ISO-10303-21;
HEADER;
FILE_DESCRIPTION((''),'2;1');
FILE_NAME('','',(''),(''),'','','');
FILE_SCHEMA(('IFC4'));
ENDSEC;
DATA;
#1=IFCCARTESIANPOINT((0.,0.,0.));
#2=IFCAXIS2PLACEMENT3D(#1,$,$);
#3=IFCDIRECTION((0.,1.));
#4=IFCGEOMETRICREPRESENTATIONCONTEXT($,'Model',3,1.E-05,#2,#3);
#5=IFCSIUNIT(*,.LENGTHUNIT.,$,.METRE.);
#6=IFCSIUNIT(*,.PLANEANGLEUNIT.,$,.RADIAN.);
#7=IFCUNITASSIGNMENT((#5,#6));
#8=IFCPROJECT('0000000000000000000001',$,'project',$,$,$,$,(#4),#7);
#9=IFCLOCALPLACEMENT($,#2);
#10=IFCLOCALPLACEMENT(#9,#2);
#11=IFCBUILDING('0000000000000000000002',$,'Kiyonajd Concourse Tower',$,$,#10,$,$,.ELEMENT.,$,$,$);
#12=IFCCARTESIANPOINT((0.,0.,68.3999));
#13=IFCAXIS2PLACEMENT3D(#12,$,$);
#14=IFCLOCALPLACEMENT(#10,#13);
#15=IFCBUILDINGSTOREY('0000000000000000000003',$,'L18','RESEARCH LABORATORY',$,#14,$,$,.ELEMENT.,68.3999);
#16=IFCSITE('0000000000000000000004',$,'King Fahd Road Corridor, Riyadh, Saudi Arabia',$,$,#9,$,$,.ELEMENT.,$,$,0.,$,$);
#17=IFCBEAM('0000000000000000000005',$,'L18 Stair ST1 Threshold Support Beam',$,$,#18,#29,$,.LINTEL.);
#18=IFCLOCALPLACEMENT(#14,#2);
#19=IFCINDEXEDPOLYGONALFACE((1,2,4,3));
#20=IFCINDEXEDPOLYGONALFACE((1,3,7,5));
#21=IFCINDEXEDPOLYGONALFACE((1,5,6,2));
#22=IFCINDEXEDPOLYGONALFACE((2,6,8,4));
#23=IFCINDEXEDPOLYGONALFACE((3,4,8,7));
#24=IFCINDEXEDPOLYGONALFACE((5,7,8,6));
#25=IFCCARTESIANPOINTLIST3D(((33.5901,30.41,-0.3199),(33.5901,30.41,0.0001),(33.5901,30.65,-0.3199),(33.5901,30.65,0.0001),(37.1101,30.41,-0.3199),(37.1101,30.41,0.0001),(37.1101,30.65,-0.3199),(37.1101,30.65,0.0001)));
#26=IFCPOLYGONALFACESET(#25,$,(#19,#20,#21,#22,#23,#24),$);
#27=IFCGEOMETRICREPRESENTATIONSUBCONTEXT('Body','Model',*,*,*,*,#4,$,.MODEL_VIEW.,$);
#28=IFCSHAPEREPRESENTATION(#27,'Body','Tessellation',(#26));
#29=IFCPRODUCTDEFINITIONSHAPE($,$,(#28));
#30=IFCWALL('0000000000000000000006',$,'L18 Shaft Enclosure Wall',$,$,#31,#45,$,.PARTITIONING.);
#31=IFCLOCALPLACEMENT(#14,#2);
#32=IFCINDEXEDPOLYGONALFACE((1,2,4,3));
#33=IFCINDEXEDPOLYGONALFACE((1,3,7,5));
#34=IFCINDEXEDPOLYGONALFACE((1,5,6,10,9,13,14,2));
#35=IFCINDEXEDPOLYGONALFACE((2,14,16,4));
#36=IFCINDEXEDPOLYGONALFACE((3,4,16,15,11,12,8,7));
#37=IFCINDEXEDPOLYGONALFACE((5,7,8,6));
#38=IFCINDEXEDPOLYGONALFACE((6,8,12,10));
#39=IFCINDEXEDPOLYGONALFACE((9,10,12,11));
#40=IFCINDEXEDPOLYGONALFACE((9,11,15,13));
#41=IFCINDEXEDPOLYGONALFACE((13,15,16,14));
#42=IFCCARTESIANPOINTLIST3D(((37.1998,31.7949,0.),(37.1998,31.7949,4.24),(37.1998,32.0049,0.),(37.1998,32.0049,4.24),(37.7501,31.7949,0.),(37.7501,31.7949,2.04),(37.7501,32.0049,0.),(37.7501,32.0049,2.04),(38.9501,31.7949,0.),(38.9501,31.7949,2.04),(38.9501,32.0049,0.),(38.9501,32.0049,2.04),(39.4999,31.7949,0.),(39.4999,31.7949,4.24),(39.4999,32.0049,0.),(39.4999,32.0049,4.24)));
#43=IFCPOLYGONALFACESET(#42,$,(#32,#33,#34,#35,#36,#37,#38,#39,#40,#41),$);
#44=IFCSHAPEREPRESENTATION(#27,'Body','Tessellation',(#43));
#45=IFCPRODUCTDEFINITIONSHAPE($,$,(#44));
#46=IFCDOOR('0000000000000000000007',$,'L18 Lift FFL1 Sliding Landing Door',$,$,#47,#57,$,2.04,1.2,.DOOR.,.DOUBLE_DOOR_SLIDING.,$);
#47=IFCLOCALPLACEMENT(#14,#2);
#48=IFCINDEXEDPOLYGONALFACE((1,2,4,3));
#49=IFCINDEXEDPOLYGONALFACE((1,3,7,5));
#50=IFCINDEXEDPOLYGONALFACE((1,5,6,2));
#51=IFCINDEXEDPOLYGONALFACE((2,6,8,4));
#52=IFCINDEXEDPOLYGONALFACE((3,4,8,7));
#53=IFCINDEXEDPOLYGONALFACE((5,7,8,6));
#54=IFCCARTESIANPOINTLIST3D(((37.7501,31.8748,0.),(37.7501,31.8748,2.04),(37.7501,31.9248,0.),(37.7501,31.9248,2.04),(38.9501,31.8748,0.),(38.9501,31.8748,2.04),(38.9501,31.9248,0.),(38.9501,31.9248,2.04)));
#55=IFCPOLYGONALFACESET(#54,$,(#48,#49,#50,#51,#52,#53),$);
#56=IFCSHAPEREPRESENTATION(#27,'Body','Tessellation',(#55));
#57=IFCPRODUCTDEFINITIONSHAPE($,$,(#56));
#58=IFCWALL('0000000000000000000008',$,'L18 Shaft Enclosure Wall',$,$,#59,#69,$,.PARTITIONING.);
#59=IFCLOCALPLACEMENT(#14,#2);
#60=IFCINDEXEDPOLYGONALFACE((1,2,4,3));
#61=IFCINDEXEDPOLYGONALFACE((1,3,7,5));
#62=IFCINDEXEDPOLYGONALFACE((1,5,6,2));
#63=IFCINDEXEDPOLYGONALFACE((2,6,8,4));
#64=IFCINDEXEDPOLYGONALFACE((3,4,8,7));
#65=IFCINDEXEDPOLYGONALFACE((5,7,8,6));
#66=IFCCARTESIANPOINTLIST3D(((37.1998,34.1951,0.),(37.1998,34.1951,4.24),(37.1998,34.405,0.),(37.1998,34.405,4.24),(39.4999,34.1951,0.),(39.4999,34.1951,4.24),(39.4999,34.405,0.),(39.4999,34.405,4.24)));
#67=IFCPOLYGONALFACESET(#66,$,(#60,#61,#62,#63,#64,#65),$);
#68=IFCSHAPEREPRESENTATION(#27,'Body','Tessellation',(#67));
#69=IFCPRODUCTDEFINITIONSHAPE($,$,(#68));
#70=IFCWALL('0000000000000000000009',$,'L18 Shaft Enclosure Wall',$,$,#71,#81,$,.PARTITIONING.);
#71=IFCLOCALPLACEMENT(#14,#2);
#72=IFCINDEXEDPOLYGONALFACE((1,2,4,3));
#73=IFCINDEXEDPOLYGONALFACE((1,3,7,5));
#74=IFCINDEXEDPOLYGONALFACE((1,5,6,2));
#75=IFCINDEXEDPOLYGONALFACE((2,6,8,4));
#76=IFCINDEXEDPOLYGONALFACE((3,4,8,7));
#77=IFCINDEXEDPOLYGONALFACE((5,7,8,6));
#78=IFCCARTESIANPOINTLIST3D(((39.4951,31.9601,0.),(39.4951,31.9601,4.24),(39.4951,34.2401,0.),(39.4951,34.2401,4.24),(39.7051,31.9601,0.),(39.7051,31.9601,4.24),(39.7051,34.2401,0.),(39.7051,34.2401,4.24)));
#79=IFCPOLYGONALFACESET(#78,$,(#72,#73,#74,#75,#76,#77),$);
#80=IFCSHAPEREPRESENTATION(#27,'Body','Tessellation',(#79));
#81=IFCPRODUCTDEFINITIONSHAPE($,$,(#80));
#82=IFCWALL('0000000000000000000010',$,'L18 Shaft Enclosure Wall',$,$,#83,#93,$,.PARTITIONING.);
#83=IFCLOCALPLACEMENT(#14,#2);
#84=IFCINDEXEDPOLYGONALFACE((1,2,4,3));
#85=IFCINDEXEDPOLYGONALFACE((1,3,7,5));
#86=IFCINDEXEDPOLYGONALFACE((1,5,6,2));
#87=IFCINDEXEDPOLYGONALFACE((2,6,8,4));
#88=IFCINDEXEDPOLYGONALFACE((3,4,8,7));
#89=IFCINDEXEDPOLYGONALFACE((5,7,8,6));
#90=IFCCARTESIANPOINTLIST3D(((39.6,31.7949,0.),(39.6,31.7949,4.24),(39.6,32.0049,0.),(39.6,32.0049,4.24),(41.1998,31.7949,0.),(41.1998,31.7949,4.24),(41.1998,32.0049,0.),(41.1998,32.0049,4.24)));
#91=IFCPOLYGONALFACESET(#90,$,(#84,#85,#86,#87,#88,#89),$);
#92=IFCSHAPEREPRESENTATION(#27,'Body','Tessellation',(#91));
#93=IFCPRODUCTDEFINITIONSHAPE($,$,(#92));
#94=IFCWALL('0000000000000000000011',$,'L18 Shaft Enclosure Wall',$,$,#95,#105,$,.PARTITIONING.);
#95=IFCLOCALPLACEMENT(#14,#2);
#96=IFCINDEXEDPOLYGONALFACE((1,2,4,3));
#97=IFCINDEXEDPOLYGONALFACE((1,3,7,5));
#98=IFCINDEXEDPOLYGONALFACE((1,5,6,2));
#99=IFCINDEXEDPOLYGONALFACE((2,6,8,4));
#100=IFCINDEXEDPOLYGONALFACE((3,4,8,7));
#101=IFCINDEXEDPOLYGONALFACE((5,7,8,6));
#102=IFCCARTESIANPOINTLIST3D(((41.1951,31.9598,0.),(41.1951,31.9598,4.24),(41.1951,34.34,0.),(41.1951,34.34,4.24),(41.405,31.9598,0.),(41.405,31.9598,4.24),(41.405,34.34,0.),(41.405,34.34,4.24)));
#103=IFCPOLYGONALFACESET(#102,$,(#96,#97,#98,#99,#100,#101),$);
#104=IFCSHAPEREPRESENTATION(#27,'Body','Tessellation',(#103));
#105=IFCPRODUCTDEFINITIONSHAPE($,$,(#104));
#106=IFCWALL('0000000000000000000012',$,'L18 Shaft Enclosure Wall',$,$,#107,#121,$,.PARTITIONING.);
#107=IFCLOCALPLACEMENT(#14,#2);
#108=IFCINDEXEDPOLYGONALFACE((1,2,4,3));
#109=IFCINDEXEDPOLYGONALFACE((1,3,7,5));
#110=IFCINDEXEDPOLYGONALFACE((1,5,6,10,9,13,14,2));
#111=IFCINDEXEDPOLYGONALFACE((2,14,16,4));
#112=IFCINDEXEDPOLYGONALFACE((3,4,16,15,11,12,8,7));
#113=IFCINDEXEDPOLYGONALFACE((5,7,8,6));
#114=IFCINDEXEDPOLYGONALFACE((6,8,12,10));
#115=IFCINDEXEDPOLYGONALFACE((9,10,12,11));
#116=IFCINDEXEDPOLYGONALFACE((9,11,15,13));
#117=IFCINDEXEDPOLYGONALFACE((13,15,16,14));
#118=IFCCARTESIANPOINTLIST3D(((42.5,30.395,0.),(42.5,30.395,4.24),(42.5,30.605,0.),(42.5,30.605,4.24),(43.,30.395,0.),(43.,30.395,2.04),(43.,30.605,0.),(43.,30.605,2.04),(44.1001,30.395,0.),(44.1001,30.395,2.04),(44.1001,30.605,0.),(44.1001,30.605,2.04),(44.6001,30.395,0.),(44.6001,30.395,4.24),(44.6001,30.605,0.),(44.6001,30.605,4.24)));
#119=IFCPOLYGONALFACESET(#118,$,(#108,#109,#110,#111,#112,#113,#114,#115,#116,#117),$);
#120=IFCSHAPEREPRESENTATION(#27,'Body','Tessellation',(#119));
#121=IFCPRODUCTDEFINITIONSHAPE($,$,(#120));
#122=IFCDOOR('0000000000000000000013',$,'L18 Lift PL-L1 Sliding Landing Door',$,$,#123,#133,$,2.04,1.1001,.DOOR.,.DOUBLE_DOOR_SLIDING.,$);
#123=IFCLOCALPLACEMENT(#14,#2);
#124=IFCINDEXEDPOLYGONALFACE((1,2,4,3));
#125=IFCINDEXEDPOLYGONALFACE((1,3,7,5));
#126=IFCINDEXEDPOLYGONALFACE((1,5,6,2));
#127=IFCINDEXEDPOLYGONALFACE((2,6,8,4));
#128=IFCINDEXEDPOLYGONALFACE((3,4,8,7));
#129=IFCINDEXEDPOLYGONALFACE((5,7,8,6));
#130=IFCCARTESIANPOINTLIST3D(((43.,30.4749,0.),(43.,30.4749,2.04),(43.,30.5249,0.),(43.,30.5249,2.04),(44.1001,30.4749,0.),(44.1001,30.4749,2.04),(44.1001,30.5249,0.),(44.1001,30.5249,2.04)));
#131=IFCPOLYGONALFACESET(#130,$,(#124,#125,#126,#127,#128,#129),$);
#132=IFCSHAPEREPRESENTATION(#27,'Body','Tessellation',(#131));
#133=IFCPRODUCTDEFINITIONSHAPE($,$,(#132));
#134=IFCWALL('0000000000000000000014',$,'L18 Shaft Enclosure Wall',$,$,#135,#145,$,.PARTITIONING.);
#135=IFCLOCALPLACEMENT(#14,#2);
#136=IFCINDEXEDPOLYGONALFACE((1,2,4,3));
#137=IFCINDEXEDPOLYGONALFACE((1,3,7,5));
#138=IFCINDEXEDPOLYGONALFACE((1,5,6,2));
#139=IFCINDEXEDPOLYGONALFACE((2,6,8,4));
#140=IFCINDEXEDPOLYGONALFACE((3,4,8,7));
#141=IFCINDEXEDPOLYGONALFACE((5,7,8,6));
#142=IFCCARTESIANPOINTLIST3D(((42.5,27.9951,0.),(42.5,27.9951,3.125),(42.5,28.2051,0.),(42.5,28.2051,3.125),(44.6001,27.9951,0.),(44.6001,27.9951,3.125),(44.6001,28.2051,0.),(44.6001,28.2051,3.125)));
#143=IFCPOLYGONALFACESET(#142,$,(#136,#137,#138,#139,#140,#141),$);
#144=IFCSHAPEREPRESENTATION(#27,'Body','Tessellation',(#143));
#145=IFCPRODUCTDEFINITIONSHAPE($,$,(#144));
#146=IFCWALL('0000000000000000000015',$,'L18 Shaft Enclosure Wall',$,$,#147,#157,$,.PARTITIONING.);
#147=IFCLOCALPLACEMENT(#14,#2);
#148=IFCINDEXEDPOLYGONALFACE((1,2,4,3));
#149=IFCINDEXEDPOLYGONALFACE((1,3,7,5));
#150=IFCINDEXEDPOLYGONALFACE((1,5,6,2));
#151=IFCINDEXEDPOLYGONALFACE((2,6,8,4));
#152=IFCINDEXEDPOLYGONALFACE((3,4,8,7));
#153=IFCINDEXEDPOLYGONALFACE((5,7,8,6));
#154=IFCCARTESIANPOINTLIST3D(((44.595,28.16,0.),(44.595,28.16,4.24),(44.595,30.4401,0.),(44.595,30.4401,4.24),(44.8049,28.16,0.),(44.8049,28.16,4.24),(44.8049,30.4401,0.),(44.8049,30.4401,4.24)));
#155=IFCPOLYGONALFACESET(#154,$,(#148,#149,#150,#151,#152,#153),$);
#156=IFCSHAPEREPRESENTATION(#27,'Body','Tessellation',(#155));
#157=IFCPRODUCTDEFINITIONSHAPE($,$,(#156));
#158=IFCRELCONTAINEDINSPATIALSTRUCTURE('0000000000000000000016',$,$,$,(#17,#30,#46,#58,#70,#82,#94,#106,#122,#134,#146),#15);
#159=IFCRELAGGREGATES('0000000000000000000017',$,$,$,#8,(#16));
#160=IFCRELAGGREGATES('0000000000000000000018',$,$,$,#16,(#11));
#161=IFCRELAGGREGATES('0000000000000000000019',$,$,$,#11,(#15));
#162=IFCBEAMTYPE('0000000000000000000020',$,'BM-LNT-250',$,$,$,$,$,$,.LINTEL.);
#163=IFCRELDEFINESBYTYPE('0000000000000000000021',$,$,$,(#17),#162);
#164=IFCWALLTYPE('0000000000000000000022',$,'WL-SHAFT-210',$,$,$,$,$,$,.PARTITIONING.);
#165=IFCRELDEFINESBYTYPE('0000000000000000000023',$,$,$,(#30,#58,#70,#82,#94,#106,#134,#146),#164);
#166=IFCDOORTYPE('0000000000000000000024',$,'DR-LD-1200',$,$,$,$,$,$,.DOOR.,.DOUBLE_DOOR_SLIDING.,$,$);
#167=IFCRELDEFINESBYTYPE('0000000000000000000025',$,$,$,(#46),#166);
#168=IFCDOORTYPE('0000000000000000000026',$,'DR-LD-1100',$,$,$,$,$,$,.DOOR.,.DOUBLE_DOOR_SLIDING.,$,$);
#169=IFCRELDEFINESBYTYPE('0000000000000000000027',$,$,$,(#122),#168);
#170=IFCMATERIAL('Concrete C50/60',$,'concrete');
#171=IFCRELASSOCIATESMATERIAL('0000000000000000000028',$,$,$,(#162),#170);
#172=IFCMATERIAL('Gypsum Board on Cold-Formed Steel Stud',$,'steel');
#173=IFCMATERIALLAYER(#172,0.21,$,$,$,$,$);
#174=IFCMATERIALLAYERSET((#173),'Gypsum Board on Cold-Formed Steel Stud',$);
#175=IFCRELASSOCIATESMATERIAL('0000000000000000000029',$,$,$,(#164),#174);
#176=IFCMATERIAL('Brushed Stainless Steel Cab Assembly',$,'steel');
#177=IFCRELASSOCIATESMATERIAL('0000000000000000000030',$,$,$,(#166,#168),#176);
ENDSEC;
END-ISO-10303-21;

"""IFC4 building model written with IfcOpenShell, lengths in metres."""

from ifc_helpers import new_model, si_unit, direction, frame, frame_2d, origin, origin_2d, place, context, subcontext, project, spatial, rectangle, extrude, material, layer, layer_set, material_profile, profile_set, type_object, element, fill, save


model = new_model("IFC4")

# Units and contexts
model_context = context("Model", 3, precision=1e-05, world=origin(), true_north=direction((0.0, 1.0)))
body_context = subcontext(model_context, "Body", "Model", "MODEL_VIEW")
ifc_project = project(units=[si_unit("LENGTHUNIT", "METRE"), si_unit("PLANEANGLEUNIT", "RADIAN")], contexts=[model_context])

# Site, building, storey
site_placement = place(None, origin())
site = spatial("IfcSite", under=ifc_project, at=site_placement, Name="King Fahd Road Corridor, Riyadh, Saudi Arabia", CompositionType="ELEMENT", RefElevation=0.0)
building_placement = place(site_placement, origin())
building = spatial("IfcBuilding", under=site, at=building_placement, Name="Kiyonajd Concourse Tower", CompositionType="ELEMENT")
storey_placement = place(building_placement, frame((0.0, 0.0, 68.3999)))
storey = spatial("IfcBuildingStorey", under=building, at=storey_placement, Name="L18", Description="RESEARCH LABORATORY", CompositionType="ELEMENT", Elevation=68.3999)

# Beam
ifc_material_1 = material(Name="Concrete C50/60", Category="concrete")
ifc_material_profile = material_profile(ifc_material_1, rectangle(XDim=0.24, YDim=0.3201, at=origin_2d()), Name="RCBM-240x320")
ifc_profile_set = profile_set([ifc_material_profile], Name="Concrete C50/60")
beam_type = type_object("IfcBeamType", Name="BM-LNT-250", PredefinedType="LINTEL", material=ifc_profile_set)
beam_placement = place(storey_placement, frame((33.5901, 30.53, -0.1599), z_axis=(1.0, 0.0, 0.0), x_axis=(0.0, 1.0, 0.0)))
element("IfcBeam", 1, at=beam_placement, inside=storey, type_object=beam_type, Name="L18 Stair ST1 Threshold Support Beam", PredefinedType="LINTEL", context=body_context, shape_type="SweptSolid", body=[
    extrude(rectangle(XDim=0.24, YDim=0.3201, at=origin_2d()), origin(), (0.0, 0.0, 1.0), 3.52),
])

# Wall, opening, door
ifc_material_2 = material(Name="Gypsum Board on Cold-Formed Steel Stud", Category="steel")
ifc_layer_1 = layer(ifc_material_2, 0.21)
ifc_layer_set_1 = layer_set([ifc_layer_1], Name="Gypsum Board on Cold-Formed Steel Stud")
wall_type_1 = type_object("IfcWallType", Name="WL-SHAFT-210", PredefinedType="PARTITIONING", material=ifc_layer_set_1)
wall_1_placement = place(storey_placement, frame((37.2, 31.8999, 0.0), z_axis=(0.0, 0.0, 1.0), x_axis=(1.0, 0.0, 0.0)))
wall_1 = element("IfcWall", 2, at=wall_1_placement, inside=storey, type_object=wall_type_1, Name="L18 Shaft Enclosure Wall", PredefinedType="PARTITIONING", context=body_context, shape_type="SweptSolid", body=[
    extrude(rectangle(XDim=2.3, YDim=0.21, at=frame_2d((1.1499, 0.0))), origin(), (0.0, 0.0, 1.0), 4.24),
])
opening_1_placement = place(wall_1_placement, frame((0.55, 0.0, 0.0)))
opening_1 = element("IfcOpeningElement", 3, at=opening_1_placement, cuts=wall_1, PredefinedType="OPENING", context=body_context, shape_type="SweptSolid", body=[
    extrude(rectangle(XDim=1.2, YDim=2.04, at=frame_2d((0.6001, 1.02))), frame((0.0, 0.115, 0.0), z_axis=(0.0, -1.0, 0.0), x_axis=(1.0, 0.0, 0.0)), (0.0, 0.0, 1.0), 0.23),
])
ifc_material_3 = material(Name="Brushed Stainless Steel Cab Assembly", Category="steel")
door_type_1 = type_object("IfcDoorType", Name="DR-LD-1200", OperationType="DOUBLE_DOOR_SLIDING", PredefinedType="DOOR", material=ifc_material_3)
door_1_placement = place(opening_1_placement, origin())
door_1 = element("IfcDoor", 4, at=door_1_placement, inside=storey, type_object=door_type_1, Name="L18 Lift FFL1 Sliding Landing Door", OperationType="DOUBLE_DOOR_SLIDING", OverallHeight=2.04, OverallWidth=1.2, PredefinedType="DOOR", context=body_context, shape_type="SweptSolid", body=[
    extrude(rectangle(XDim=1.2, YDim=2.04, at=frame_2d((0.6001, 1.02))), frame((0.0, 0.0249, 0.0), z_axis=(0.0, -1.0, 0.0), x_axis=(1.0, 0.0, 0.0)), (0.0, 0.0, 1.0), 0.05),
])
fill(opening_1, door_1)

# Walls
wall_2_placement = place(storey_placement, frame((37.2, 34.3, 0.0), z_axis=(0.0, 0.0, 1.0), x_axis=(1.0, 0.0, 0.0)))
element("IfcWall", 5, at=wall_2_placement, inside=storey, type_object=wall_type_1, Name="L18 Shaft Enclosure Wall", PredefinedType="PARTITIONING", context=body_context, shape_type="SweptSolid", body=[
    extrude(rectangle(XDim=2.3, YDim=0.21, at=frame_2d((1.1499, 0.0))), origin(), (0.0, 0.0, 1.0), 4.24),
])
wall_3_placement = place(storey_placement, frame((39.6001, 31.96, 0.0), z_axis=(0.0, 0.0, 1.0), x_axis=(0.0, 1.0, 0.0)))
element("IfcWall", 6, at=wall_3_placement, inside=storey, type_object=wall_type_1, Name="L18 Shaft Enclosure Wall", PredefinedType="PARTITIONING", context=body_context, shape_type="SweptSolid", body=[
    extrude(rectangle(XDim=2.28, YDim=0.21, at=frame_2d((1.1401, 0.0))), origin(), (0.0, 0.0, 1.0), 4.24),
])
wall_4_placement = place(storey_placement, frame((39.6001, 31.8999, 0.0), z_axis=(0.0, 0.0, 1.0), x_axis=(1.0, 0.0, 0.0)))
element("IfcWall", 7, at=wall_4_placement, inside=storey, type_object=wall_type_1, Name="L18 Shaft Enclosure Wall", PredefinedType="PARTITIONING", context=body_context, shape_type="SweptSolid", body=[
    extrude(rectangle(XDim=1.5999, YDim=0.21, at=frame_2d((0.7998, 0.0))), origin(), (0.0, 0.0, 1.0), 4.24),
])
wall_5_placement = place(storey_placement, frame((41.3, 31.96, 0.0), z_axis=(0.0, 0.0, 1.0), x_axis=(0.0, 1.0, 0.0)))
element("IfcWall", 8, at=wall_5_placement, inside=storey, type_object=wall_type_1, Name="L18 Shaft Enclosure Wall", PredefinedType="PARTITIONING", context=body_context, shape_type="SweptSolid", body=[
    extrude(rectangle(XDim=2.3801, YDim=0.21, at=frame_2d((1.1899, 0.0))), origin(), (0.0, 0.0, 1.0), 4.24),
])

# Wall, opening, door
wall_6_placement = place(storey_placement, frame((42.5, 30.5, 0.0), z_axis=(0.0, 0.0, 1.0), x_axis=(1.0, 0.0, 0.0)))
wall_6 = element("IfcWall", 9, at=wall_6_placement, inside=storey, type_object=wall_type_1, Name="L18 Shaft Enclosure Wall", PredefinedType="PARTITIONING", context=body_context, shape_type="SweptSolid", body=[
    extrude(rectangle(XDim=2.1001, YDim=0.21, at=frame_2d((1.05, 0.0))), origin(), (0.0, 0.0, 1.0), 4.24),
])
opening_2_placement = place(wall_6_placement, frame((0.5, 0.0, 0.0)))
opening_2 = element("IfcOpeningElement", 10, at=opening_2_placement, cuts=wall_6, PredefinedType="OPENING", context=body_context, shape_type="SweptSolid", body=[
    extrude(rectangle(XDim=1.1001, YDim=2.04, at=frame_2d((0.55, 1.02))), frame((0.0, 0.115, 0.0), z_axis=(0.0, -1.0, 0.0), x_axis=(1.0, 0.0, 0.0)), (0.0, 0.0, 1.0), 0.23),
])
door_type_2 = type_object("IfcDoorType", Name="DR-LD-1100", OperationType="DOUBLE_DOOR_SLIDING", PredefinedType="DOOR", material=ifc_material_3)
door_2_placement = place(opening_2_placement, origin())
door_2 = element("IfcDoor", 11, at=door_2_placement, inside=storey, type_object=door_type_2, Name="L18 Lift PL-L1 Sliding Landing Door", OperationType="DOUBLE_DOOR_SLIDING", OverallHeight=2.04, OverallWidth=1.1001, PredefinedType="DOOR", context=body_context, shape_type="SweptSolid", body=[
    extrude(rectangle(XDim=1.1001, YDim=2.04, at=frame_2d((0.55, 1.02))), frame((0.0, 0.0249, 0.0), z_axis=(0.0, -1.0, 0.0), x_axis=(1.0, 0.0, 0.0)), (0.0, 0.0, 1.0), 0.05),
])
fill(opening_2, door_2)

# Walls
wall_7_placement = place(storey_placement, frame((42.5, 28.1001, 0.0), z_axis=(0.0, 0.0, 1.0), x_axis=(1.0, 0.0, 0.0)))
element("IfcWall", 12, at=wall_7_placement, inside=storey, type_object=wall_type_1, Name="L18 Shaft Enclosure Wall", PredefinedType="PARTITIONING", context=body_context, shape_type="SweptSolid", body=[
    extrude(rectangle(XDim=2.1001, YDim=0.21, at=frame_2d((1.05, 0.0))), origin(), (0.0, 0.0, 1.0), 3.125),
])
wall_8_placement = place(storey_placement, frame((44.7, 28.1599, 0.0), z_axis=(0.0, 0.0, 1.0), x_axis=(0.0, 1.0, 0.0)))
element("IfcWall", 13, at=wall_8_placement, inside=storey, type_object=wall_type_1, Name="L18 Shaft Enclosure Wall", PredefinedType="PARTITIONING", context=body_context, shape_type="SweptSolid", body=[
    extrude(rectangle(XDim=2.28, YDim=0.21, at=frame_2d((1.1401, 0.0))), origin(), (0.0, 0.0, 1.0), 4.24),
])

save(model, "model.ifc")
